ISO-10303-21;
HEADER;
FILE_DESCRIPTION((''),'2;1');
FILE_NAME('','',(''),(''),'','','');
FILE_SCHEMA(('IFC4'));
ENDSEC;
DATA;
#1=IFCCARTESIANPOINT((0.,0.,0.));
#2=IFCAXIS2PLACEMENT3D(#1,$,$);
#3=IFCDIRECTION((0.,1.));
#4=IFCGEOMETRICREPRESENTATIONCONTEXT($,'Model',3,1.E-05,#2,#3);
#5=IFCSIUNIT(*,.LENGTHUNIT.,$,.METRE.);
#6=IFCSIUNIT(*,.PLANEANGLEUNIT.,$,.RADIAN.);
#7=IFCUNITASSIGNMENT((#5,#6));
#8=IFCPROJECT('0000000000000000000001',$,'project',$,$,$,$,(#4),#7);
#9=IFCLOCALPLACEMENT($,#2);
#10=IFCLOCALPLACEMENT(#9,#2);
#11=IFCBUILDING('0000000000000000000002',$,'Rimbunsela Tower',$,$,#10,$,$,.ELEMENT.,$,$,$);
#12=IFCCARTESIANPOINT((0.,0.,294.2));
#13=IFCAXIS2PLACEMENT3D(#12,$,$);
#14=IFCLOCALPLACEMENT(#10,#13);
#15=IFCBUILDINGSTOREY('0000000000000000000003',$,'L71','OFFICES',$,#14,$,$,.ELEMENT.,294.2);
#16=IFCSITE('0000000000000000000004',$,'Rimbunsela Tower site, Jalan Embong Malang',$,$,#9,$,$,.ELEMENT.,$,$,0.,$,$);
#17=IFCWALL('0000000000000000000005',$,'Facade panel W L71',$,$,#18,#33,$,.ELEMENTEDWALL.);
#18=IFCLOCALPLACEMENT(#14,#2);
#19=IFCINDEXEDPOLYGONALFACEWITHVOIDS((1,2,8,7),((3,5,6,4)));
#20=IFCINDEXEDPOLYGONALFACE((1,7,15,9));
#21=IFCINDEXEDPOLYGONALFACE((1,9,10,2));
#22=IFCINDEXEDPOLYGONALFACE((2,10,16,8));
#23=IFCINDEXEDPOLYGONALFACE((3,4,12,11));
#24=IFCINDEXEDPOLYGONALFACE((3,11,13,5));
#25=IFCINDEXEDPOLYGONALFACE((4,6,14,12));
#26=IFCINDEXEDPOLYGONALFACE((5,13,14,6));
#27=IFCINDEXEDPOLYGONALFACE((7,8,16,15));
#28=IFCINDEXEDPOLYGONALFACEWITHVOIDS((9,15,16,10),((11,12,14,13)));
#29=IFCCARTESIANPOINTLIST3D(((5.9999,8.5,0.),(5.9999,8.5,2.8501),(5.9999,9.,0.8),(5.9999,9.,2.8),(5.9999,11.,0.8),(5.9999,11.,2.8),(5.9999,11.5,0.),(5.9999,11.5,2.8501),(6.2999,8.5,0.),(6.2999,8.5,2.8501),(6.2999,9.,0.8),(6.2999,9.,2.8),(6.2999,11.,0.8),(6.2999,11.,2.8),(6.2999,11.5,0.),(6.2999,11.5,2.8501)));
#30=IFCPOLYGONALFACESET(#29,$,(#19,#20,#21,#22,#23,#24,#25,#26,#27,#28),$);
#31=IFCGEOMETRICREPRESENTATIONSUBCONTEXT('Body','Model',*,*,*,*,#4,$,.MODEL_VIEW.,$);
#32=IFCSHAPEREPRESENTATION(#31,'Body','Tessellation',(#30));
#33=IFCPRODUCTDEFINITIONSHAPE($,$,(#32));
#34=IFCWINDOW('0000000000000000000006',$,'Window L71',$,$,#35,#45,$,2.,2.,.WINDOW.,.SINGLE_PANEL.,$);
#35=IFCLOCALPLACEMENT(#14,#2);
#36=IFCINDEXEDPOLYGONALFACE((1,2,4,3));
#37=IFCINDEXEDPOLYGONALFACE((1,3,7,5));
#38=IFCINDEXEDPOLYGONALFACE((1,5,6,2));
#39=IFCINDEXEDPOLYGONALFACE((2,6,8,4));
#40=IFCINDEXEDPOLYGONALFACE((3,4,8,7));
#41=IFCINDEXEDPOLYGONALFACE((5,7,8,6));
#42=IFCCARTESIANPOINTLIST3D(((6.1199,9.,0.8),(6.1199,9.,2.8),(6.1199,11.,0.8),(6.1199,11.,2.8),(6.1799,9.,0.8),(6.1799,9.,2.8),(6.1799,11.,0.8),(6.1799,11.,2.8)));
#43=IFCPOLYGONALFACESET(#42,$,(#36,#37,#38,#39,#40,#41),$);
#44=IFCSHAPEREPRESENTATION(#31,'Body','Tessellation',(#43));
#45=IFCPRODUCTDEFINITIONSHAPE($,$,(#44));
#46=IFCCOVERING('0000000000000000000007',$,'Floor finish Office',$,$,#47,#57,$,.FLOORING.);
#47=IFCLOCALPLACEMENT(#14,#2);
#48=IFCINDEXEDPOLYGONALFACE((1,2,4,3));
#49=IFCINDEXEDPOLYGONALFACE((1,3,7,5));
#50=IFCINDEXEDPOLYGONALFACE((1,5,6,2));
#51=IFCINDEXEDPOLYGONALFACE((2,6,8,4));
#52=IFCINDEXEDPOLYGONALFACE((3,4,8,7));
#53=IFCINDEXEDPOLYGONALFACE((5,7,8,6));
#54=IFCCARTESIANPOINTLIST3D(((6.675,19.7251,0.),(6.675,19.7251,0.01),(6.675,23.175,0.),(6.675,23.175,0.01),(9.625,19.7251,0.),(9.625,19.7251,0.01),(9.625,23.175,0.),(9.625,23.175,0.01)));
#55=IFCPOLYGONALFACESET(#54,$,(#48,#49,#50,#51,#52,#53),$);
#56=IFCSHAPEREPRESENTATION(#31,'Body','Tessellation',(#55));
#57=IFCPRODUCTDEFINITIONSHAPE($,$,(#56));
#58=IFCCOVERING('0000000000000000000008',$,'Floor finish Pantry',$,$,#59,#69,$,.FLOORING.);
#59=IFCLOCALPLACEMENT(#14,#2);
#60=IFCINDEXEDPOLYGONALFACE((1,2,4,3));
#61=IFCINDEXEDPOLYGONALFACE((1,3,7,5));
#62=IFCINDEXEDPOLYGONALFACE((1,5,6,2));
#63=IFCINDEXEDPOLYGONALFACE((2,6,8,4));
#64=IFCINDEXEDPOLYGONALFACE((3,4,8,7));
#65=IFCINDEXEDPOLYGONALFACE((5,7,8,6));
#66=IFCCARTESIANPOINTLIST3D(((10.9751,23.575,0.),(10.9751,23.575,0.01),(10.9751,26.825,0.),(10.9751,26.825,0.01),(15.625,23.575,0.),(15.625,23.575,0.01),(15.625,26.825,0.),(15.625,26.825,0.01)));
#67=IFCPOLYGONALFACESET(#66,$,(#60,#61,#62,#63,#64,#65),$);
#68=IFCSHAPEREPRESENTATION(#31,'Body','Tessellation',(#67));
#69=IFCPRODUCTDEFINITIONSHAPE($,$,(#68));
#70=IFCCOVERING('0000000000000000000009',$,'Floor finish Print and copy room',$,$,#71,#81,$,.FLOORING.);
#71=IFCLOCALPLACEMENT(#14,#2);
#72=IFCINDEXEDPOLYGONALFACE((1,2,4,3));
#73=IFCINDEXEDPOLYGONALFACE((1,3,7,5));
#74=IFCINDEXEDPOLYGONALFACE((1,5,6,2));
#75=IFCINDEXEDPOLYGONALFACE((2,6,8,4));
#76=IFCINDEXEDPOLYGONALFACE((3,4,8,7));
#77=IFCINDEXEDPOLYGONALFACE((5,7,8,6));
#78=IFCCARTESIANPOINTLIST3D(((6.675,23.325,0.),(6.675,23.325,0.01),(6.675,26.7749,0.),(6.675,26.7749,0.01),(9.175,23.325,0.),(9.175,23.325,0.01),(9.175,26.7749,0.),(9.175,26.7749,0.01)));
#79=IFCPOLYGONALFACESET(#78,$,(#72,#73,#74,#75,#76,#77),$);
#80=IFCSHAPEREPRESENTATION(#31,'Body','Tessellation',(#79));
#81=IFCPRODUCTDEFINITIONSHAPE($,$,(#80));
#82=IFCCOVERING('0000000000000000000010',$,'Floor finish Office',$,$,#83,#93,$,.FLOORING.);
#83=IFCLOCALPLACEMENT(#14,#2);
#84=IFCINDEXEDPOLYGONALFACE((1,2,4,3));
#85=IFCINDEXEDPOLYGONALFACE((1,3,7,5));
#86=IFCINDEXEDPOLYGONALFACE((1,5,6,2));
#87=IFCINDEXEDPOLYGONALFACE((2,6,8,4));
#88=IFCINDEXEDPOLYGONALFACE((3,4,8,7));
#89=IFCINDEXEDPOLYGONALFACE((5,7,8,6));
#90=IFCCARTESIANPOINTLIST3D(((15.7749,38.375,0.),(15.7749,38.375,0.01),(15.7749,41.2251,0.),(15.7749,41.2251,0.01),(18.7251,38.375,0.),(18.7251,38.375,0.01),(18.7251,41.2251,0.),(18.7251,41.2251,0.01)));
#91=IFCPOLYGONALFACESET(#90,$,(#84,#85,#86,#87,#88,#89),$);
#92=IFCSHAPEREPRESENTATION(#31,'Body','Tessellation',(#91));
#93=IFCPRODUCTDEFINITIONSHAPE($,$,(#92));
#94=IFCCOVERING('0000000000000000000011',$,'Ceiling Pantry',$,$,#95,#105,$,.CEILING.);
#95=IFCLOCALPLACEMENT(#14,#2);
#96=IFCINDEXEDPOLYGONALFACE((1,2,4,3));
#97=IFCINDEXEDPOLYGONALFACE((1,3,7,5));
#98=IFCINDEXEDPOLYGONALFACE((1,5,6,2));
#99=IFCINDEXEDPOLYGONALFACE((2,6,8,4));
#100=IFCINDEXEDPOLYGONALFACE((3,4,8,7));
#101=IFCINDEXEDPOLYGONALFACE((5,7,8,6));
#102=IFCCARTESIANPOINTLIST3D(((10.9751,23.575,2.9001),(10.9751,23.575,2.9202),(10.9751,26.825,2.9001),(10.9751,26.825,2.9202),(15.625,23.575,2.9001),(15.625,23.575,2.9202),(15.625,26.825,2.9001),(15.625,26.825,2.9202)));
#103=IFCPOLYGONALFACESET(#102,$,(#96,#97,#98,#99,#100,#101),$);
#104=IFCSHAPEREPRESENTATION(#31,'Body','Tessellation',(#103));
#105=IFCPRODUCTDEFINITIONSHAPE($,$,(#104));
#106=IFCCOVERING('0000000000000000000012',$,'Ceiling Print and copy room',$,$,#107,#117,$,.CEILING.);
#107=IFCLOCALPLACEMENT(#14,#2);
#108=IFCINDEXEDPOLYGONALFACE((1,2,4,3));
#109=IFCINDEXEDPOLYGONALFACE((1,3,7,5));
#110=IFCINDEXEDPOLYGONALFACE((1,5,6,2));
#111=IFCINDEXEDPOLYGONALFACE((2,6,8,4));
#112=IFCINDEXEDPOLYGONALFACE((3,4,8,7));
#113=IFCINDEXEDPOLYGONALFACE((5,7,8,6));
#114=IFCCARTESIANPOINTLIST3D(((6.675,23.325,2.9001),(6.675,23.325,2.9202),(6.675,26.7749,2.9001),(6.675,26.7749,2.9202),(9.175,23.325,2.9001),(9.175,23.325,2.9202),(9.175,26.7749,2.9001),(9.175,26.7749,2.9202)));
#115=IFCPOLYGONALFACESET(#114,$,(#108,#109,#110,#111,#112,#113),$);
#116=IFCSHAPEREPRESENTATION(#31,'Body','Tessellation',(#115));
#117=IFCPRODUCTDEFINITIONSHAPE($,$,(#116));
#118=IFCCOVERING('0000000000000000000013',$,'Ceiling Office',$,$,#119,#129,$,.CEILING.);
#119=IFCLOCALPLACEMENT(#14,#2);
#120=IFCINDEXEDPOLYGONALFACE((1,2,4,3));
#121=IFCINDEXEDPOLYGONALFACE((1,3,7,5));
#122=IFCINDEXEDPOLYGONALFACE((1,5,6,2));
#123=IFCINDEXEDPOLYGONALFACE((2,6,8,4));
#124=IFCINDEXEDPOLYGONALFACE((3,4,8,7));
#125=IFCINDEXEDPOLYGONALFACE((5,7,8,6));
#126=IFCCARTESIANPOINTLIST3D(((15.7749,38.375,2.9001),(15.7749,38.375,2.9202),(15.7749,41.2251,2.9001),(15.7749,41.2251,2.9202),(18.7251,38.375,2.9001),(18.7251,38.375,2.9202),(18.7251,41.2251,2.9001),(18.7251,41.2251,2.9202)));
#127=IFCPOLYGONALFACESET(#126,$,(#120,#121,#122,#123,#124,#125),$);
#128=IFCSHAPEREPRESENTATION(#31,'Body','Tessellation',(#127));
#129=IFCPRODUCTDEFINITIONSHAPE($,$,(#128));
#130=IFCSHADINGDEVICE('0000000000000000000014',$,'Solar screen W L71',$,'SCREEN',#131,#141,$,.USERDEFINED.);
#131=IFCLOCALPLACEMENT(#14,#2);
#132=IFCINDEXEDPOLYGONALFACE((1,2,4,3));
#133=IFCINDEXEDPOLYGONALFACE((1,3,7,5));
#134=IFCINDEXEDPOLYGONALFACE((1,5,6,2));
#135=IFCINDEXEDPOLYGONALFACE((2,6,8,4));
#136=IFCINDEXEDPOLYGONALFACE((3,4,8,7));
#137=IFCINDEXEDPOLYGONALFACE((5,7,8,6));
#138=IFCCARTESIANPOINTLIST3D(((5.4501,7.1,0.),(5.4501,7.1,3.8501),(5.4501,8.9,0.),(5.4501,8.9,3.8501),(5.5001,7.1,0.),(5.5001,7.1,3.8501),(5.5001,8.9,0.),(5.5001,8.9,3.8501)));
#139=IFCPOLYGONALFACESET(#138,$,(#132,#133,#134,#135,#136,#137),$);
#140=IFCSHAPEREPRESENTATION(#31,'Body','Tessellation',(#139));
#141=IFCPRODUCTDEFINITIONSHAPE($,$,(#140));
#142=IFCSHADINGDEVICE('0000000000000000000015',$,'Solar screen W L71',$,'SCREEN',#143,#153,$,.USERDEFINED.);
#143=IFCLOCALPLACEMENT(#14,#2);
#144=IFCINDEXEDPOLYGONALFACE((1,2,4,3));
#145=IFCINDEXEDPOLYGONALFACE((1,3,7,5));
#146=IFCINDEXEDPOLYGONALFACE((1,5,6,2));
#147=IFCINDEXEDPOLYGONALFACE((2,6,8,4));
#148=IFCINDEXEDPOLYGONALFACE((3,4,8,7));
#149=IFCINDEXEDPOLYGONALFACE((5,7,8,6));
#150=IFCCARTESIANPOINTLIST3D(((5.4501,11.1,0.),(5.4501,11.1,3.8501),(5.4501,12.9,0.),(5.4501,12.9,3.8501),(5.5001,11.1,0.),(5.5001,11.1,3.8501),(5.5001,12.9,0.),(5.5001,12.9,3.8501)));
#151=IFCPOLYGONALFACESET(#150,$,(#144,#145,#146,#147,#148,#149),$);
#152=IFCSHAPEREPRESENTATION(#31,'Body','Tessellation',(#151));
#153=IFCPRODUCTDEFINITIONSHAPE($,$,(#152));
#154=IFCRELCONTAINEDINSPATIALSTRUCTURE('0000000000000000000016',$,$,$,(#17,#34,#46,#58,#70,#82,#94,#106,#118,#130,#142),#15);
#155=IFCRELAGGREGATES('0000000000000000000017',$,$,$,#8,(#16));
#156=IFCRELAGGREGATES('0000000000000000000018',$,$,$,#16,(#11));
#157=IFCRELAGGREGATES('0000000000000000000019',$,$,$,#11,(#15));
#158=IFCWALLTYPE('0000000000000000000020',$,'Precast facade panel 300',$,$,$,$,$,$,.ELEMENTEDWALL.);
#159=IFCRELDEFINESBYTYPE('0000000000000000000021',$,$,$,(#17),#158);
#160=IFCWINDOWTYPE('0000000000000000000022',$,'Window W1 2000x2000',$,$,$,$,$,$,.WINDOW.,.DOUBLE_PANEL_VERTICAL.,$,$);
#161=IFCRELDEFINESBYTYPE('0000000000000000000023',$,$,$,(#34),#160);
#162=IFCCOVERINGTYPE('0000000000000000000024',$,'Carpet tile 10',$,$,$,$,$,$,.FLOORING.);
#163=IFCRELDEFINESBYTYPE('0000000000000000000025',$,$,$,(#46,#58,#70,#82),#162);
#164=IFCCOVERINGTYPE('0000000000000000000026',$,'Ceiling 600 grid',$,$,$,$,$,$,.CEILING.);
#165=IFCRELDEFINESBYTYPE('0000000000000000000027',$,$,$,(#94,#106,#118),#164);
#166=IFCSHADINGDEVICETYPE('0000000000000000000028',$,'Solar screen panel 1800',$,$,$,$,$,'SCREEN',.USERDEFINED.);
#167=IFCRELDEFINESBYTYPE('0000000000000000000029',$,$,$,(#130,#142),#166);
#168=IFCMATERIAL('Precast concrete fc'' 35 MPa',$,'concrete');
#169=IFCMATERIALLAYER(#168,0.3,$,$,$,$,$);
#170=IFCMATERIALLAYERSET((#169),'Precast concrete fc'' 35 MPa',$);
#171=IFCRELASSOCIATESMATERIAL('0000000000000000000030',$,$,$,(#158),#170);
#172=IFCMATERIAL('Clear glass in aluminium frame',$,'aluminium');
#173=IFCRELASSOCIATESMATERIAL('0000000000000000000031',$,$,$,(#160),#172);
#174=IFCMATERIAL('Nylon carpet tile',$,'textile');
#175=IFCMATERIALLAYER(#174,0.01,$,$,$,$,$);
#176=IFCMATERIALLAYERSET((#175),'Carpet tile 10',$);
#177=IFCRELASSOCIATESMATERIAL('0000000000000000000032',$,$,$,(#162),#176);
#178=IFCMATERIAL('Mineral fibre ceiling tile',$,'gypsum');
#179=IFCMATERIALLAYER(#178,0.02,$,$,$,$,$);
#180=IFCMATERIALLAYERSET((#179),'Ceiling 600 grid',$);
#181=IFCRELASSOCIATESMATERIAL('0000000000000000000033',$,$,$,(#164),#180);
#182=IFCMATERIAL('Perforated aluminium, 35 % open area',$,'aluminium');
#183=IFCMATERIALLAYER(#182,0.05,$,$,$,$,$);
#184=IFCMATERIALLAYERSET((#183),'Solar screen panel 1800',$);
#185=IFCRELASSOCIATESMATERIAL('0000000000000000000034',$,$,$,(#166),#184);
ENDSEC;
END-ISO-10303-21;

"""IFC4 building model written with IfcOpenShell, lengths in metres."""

from ifc_helpers import new_model, si_unit, direction, frame, frame_2d, origin, origin_2d, place, context, subcontext, project, spatial, polyline, rectangle, outline, extrude, material, layer, layer_set, type_object, element, fill, save


model = new_model("IFC4")

# Units and contexts
model_context = context("Model", 3, precision=1e-05, world=origin(), true_north=direction((0.0, 1.0)))
body_context = subcontext(model_context, "Body", "Model", "MODEL_VIEW")
ifc_project = project(units=[si_unit("LENGTHUNIT", "METRE"), si_unit("PLANEANGLEUNIT", "RADIAN")], contexts=[model_context])

# Site, building, storey
site_placement = place(None, origin())
site = spatial("IfcSite", under=ifc_project, at=site_placement, Name="Rimbunsela Tower site, Jalan Embong Malang", CompositionType="ELEMENT", RefElevation=0.0)
building_placement = place(site_placement, origin())
building = spatial("IfcBuilding", under=site, at=building_placement, Name="Rimbunsela Tower", CompositionType="ELEMENT")
storey_placement = place(building_placement, frame((0.0, 0.0, 294.2)))
storey = spatial("IfcBuildingStorey", under=building, at=storey_placement, Name="L71", Description="OFFICES", CompositionType="ELEMENT", Elevation=294.2)

# Shared definitions
ifc_material_1 = material(Name="Precast concrete fc' 35 MPa", Category="concrete")
ifc_layer_1 = layer(ifc_material_1, 0.3)
ifc_layer_set_1 = layer_set([ifc_layer_1], Name="Precast concrete fc' 35 MPa")
wall_type = type_object("IfcWallType", Name="Precast facade panel 300", PredefinedType="ELEMENTEDWALL", material=ifc_layer_set_1)

# Wall, opening, window
wall_1_placement = place(storey_placement, frame((6.1499, 11.5, 0.0), z_axis=(0.0, 0.0, 1.0), x_axis=(0.0, -1.0, 0.0)))
wall_1 = element("IfcWall", 1, at=wall_1_placement, inside=storey, type_object=wall_type, Name="Facade panel W L71", PredefinedType="ELEMENTEDWALL", context=body_context, shape_type="SweptSolid", body=[
    extrude(rectangle(XDim=3.0, YDim=0.3, at=frame_2d((1.5, 0.0))), origin(), (0.0, 0.0, 1.0), 2.8501),
])
opening_placement = place(wall_1_placement, frame((0.5, 0.0, 0.8)))
opening = element("IfcOpeningElement", 2, at=opening_placement, cuts=wall_1, PredefinedType="OPENING", context=body_context, shape_type="SweptSolid", body=[
    extrude(rectangle(XDim=2.0, YDim=2.0, at=frame_2d((1.0, 1.0))), frame((0.0, 0.1599, 0.0), z_axis=(0.0, -1.0, 0.0), x_axis=(1.0, 0.0, 0.0)), (0.0, 0.0, 1.0), 0.3201),
])
ifc_material_2 = material(Name="Clear glass in aluminium frame", Category="aluminium")
window_type = type_object("IfcWindowType", Name="Window W1 2000x2000", PartitioningType="DOUBLE_PANEL_VERTICAL", PredefinedType="WINDOW", material=ifc_material_2)
window_placement = place(opening_placement, origin())
window = element("IfcWindow", 3, at=window_placement, inside=storey, type_object=window_type, Name="Window L71", OverallHeight=2.0, OverallWidth=2.0, PartitioningType="SINGLE_PANEL", PredefinedType="WINDOW", context=body_context, shape_type="SweptSolid", body=[
    extrude(rectangle(XDim=2.0, YDim=2.0, at=frame_2d((1.0, 1.0))), frame((0.0, 0.03, 0.0), z_axis=(0.0, -1.0, 0.0), x_axis=(1.0, 0.0, 0.0)), (0.0, 0.0, 1.0), 0.0601),
])
fill(opening, window)

# Coverings
ifc_material_3 = material(Name="Nylon carpet tile", Category="textile")
ifc_layer_2 = layer(ifc_material_3, 0.01)
ifc_layer_set_2 = layer_set([ifc_layer_2], Name="Carpet tile 10")
covering_type_1 = type_object("IfcCoveringType", Name="Carpet tile 10", PredefinedType="FLOORING", material=ifc_layer_set_2)
covering_1_placement = place(storey_placement, origin())
element("IfcCovering", 4, at=covering_1_placement, inside=storey, type_object=covering_type_1, Name="Floor finish Office", PredefinedType="FLOORING", context=body_context, shape_type="SweptSolid", body=[
    extrude(outline(polyline([(9.625, 19.7251), (9.625, 23.175), (6.675, 23.175), (6.675, 19.7251), (9.625, 19.7251)])), origin(), (0.0, 0.0, 1.0), 0.01),
])
covering_2_placement = place(storey_placement, origin())
element("IfcCovering", 5, at=covering_2_placement, inside=storey, type_object=covering_type_1, Name="Floor finish Pantry", PredefinedType="FLOORING", context=body_context, shape_type="SweptSolid", body=[
    extrude(outline(polyline([(15.625, 23.575), (15.625, 26.825), (10.9751, 26.825), (10.9751, 23.575), (15.625, 23.575)])), origin(), (0.0, 0.0, 1.0), 0.01),
])
covering_3_placement = place(storey_placement, origin())
element("IfcCovering", 6, at=covering_3_placement, inside=storey, type_object=covering_type_1, Name="Floor finish Print and copy room", PredefinedType="FLOORING", context=body_context, shape_type="SweptSolid", body=[
    extrude(outline(polyline([(9.175, 23.325), (9.175, 26.7749), (6.675, 26.7749), (6.675, 23.325), (9.175, 23.325)])), origin(), (0.0, 0.0, 1.0), 0.01),
])
covering_4_placement = place(storey_placement, origin())
element("IfcCovering", 7, at=covering_4_placement, inside=storey, type_object=covering_type_1, Name="Floor finish Office", PredefinedType="FLOORING", context=body_context, shape_type="SweptSolid", body=[
    extrude(outline(polyline([(18.7251, 38.375), (18.7251, 41.2251), (15.7749, 41.2251), (15.7749, 38.375), (18.7251, 38.375)])), origin(), (0.0, 0.0, 1.0), 0.01),
])
ifc_material_4 = material(Name="Mineral fibre ceiling tile", Category="gypsum")
ifc_layer_3 = layer(ifc_material_4, 0.02)
ifc_layer_set_3 = layer_set([ifc_layer_3], Name="Ceiling 600 grid")
covering_type_2 = type_object("IfcCoveringType", Name="Ceiling 600 grid", PredefinedType="CEILING", material=ifc_layer_set_3)
covering_5_placement = place(storey_placement, frame((0.0, 0.0, 2.9001)))
element("IfcCovering", 8, at=covering_5_placement, inside=storey, type_object=covering_type_2, Name="Ceiling Pantry", PredefinedType="CEILING", context=body_context, shape_type="SweptSolid", body=[
    extrude(outline(polyline([(15.625, 23.575), (15.625, 26.825), (10.9751, 26.825), (10.9751, 23.575), (15.625, 23.575)])), origin(), (0.0, 0.0, 1.0), 0.02),
])
covering_6_placement = place(storey_placement, frame((0.0, 0.0, 2.9001)))
element("IfcCovering", 9, at=covering_6_placement, inside=storey, type_object=covering_type_2, Name="Ceiling Print and copy room", PredefinedType="CEILING", context=body_context, shape_type="SweptSolid", body=[
    extrude(outline(polyline([(9.175, 23.325), (9.175, 26.7749), (6.675, 26.7749), (6.675, 23.325), (9.175, 23.325)])), origin(), (0.0, 0.0, 1.0), 0.02),
])
covering_7_placement = place(storey_placement, frame((0.0, 0.0, 2.9001)))
element("IfcCovering", 10, at=covering_7_placement, inside=storey, type_object=covering_type_2, Name="Ceiling Office", PredefinedType="CEILING", context=body_context, shape_type="SweptSolid", body=[
    extrude(outline(polyline([(18.7251, 38.375), (18.7251, 41.2251), (15.7749, 41.2251), (15.7749, 38.375), (18.7251, 38.375)])), origin(), (0.0, 0.0, 1.0), 0.02),
])

# Shading devices
ifc_material_5 = material(Name="Perforated aluminium, 35 % open area", Category="aluminium")
ifc_layer_4 = layer(ifc_material_5, 0.05)
ifc_layer_set_4 = layer_set([ifc_layer_4], Name="Solar screen panel 1800")
shading_device_type = type_object("IfcShadingDeviceType", Name="Solar screen panel 1800", ElementType="SCREEN", PredefinedType="USERDEFINED", material=ifc_layer_set_4)
for number, where, z_axis, x_axis, name in (
    (11, (5.4751, 8.0, 0.0), (0.0, 0.0, 1.0), (0.0, 1.0, 0.0), "Solar screen W L71"),
    (12, (5.4751, 12.0, 0.0), (0.0, 0.0, 1.0), (0.0, 1.0, 0.0), "Solar screen W L71"),
):
    element("IfcShadingDevice", number, at=place(storey_placement, frame(where, z_axis=z_axis, x_axis=x_axis)), inside=storey, type_object=shading_device_type, Name=name, ObjectType="SCREEN", PredefinedType="USERDEFINED", context=body_context, shape_type="SweptSolid", body=[
        extrude(rectangle(XDim=1.8, YDim=0.05, at=origin_2d()), origin(), (0.0, 0.0, 1.0), 3.8501),
    ])

save(model, "model.ifc")
